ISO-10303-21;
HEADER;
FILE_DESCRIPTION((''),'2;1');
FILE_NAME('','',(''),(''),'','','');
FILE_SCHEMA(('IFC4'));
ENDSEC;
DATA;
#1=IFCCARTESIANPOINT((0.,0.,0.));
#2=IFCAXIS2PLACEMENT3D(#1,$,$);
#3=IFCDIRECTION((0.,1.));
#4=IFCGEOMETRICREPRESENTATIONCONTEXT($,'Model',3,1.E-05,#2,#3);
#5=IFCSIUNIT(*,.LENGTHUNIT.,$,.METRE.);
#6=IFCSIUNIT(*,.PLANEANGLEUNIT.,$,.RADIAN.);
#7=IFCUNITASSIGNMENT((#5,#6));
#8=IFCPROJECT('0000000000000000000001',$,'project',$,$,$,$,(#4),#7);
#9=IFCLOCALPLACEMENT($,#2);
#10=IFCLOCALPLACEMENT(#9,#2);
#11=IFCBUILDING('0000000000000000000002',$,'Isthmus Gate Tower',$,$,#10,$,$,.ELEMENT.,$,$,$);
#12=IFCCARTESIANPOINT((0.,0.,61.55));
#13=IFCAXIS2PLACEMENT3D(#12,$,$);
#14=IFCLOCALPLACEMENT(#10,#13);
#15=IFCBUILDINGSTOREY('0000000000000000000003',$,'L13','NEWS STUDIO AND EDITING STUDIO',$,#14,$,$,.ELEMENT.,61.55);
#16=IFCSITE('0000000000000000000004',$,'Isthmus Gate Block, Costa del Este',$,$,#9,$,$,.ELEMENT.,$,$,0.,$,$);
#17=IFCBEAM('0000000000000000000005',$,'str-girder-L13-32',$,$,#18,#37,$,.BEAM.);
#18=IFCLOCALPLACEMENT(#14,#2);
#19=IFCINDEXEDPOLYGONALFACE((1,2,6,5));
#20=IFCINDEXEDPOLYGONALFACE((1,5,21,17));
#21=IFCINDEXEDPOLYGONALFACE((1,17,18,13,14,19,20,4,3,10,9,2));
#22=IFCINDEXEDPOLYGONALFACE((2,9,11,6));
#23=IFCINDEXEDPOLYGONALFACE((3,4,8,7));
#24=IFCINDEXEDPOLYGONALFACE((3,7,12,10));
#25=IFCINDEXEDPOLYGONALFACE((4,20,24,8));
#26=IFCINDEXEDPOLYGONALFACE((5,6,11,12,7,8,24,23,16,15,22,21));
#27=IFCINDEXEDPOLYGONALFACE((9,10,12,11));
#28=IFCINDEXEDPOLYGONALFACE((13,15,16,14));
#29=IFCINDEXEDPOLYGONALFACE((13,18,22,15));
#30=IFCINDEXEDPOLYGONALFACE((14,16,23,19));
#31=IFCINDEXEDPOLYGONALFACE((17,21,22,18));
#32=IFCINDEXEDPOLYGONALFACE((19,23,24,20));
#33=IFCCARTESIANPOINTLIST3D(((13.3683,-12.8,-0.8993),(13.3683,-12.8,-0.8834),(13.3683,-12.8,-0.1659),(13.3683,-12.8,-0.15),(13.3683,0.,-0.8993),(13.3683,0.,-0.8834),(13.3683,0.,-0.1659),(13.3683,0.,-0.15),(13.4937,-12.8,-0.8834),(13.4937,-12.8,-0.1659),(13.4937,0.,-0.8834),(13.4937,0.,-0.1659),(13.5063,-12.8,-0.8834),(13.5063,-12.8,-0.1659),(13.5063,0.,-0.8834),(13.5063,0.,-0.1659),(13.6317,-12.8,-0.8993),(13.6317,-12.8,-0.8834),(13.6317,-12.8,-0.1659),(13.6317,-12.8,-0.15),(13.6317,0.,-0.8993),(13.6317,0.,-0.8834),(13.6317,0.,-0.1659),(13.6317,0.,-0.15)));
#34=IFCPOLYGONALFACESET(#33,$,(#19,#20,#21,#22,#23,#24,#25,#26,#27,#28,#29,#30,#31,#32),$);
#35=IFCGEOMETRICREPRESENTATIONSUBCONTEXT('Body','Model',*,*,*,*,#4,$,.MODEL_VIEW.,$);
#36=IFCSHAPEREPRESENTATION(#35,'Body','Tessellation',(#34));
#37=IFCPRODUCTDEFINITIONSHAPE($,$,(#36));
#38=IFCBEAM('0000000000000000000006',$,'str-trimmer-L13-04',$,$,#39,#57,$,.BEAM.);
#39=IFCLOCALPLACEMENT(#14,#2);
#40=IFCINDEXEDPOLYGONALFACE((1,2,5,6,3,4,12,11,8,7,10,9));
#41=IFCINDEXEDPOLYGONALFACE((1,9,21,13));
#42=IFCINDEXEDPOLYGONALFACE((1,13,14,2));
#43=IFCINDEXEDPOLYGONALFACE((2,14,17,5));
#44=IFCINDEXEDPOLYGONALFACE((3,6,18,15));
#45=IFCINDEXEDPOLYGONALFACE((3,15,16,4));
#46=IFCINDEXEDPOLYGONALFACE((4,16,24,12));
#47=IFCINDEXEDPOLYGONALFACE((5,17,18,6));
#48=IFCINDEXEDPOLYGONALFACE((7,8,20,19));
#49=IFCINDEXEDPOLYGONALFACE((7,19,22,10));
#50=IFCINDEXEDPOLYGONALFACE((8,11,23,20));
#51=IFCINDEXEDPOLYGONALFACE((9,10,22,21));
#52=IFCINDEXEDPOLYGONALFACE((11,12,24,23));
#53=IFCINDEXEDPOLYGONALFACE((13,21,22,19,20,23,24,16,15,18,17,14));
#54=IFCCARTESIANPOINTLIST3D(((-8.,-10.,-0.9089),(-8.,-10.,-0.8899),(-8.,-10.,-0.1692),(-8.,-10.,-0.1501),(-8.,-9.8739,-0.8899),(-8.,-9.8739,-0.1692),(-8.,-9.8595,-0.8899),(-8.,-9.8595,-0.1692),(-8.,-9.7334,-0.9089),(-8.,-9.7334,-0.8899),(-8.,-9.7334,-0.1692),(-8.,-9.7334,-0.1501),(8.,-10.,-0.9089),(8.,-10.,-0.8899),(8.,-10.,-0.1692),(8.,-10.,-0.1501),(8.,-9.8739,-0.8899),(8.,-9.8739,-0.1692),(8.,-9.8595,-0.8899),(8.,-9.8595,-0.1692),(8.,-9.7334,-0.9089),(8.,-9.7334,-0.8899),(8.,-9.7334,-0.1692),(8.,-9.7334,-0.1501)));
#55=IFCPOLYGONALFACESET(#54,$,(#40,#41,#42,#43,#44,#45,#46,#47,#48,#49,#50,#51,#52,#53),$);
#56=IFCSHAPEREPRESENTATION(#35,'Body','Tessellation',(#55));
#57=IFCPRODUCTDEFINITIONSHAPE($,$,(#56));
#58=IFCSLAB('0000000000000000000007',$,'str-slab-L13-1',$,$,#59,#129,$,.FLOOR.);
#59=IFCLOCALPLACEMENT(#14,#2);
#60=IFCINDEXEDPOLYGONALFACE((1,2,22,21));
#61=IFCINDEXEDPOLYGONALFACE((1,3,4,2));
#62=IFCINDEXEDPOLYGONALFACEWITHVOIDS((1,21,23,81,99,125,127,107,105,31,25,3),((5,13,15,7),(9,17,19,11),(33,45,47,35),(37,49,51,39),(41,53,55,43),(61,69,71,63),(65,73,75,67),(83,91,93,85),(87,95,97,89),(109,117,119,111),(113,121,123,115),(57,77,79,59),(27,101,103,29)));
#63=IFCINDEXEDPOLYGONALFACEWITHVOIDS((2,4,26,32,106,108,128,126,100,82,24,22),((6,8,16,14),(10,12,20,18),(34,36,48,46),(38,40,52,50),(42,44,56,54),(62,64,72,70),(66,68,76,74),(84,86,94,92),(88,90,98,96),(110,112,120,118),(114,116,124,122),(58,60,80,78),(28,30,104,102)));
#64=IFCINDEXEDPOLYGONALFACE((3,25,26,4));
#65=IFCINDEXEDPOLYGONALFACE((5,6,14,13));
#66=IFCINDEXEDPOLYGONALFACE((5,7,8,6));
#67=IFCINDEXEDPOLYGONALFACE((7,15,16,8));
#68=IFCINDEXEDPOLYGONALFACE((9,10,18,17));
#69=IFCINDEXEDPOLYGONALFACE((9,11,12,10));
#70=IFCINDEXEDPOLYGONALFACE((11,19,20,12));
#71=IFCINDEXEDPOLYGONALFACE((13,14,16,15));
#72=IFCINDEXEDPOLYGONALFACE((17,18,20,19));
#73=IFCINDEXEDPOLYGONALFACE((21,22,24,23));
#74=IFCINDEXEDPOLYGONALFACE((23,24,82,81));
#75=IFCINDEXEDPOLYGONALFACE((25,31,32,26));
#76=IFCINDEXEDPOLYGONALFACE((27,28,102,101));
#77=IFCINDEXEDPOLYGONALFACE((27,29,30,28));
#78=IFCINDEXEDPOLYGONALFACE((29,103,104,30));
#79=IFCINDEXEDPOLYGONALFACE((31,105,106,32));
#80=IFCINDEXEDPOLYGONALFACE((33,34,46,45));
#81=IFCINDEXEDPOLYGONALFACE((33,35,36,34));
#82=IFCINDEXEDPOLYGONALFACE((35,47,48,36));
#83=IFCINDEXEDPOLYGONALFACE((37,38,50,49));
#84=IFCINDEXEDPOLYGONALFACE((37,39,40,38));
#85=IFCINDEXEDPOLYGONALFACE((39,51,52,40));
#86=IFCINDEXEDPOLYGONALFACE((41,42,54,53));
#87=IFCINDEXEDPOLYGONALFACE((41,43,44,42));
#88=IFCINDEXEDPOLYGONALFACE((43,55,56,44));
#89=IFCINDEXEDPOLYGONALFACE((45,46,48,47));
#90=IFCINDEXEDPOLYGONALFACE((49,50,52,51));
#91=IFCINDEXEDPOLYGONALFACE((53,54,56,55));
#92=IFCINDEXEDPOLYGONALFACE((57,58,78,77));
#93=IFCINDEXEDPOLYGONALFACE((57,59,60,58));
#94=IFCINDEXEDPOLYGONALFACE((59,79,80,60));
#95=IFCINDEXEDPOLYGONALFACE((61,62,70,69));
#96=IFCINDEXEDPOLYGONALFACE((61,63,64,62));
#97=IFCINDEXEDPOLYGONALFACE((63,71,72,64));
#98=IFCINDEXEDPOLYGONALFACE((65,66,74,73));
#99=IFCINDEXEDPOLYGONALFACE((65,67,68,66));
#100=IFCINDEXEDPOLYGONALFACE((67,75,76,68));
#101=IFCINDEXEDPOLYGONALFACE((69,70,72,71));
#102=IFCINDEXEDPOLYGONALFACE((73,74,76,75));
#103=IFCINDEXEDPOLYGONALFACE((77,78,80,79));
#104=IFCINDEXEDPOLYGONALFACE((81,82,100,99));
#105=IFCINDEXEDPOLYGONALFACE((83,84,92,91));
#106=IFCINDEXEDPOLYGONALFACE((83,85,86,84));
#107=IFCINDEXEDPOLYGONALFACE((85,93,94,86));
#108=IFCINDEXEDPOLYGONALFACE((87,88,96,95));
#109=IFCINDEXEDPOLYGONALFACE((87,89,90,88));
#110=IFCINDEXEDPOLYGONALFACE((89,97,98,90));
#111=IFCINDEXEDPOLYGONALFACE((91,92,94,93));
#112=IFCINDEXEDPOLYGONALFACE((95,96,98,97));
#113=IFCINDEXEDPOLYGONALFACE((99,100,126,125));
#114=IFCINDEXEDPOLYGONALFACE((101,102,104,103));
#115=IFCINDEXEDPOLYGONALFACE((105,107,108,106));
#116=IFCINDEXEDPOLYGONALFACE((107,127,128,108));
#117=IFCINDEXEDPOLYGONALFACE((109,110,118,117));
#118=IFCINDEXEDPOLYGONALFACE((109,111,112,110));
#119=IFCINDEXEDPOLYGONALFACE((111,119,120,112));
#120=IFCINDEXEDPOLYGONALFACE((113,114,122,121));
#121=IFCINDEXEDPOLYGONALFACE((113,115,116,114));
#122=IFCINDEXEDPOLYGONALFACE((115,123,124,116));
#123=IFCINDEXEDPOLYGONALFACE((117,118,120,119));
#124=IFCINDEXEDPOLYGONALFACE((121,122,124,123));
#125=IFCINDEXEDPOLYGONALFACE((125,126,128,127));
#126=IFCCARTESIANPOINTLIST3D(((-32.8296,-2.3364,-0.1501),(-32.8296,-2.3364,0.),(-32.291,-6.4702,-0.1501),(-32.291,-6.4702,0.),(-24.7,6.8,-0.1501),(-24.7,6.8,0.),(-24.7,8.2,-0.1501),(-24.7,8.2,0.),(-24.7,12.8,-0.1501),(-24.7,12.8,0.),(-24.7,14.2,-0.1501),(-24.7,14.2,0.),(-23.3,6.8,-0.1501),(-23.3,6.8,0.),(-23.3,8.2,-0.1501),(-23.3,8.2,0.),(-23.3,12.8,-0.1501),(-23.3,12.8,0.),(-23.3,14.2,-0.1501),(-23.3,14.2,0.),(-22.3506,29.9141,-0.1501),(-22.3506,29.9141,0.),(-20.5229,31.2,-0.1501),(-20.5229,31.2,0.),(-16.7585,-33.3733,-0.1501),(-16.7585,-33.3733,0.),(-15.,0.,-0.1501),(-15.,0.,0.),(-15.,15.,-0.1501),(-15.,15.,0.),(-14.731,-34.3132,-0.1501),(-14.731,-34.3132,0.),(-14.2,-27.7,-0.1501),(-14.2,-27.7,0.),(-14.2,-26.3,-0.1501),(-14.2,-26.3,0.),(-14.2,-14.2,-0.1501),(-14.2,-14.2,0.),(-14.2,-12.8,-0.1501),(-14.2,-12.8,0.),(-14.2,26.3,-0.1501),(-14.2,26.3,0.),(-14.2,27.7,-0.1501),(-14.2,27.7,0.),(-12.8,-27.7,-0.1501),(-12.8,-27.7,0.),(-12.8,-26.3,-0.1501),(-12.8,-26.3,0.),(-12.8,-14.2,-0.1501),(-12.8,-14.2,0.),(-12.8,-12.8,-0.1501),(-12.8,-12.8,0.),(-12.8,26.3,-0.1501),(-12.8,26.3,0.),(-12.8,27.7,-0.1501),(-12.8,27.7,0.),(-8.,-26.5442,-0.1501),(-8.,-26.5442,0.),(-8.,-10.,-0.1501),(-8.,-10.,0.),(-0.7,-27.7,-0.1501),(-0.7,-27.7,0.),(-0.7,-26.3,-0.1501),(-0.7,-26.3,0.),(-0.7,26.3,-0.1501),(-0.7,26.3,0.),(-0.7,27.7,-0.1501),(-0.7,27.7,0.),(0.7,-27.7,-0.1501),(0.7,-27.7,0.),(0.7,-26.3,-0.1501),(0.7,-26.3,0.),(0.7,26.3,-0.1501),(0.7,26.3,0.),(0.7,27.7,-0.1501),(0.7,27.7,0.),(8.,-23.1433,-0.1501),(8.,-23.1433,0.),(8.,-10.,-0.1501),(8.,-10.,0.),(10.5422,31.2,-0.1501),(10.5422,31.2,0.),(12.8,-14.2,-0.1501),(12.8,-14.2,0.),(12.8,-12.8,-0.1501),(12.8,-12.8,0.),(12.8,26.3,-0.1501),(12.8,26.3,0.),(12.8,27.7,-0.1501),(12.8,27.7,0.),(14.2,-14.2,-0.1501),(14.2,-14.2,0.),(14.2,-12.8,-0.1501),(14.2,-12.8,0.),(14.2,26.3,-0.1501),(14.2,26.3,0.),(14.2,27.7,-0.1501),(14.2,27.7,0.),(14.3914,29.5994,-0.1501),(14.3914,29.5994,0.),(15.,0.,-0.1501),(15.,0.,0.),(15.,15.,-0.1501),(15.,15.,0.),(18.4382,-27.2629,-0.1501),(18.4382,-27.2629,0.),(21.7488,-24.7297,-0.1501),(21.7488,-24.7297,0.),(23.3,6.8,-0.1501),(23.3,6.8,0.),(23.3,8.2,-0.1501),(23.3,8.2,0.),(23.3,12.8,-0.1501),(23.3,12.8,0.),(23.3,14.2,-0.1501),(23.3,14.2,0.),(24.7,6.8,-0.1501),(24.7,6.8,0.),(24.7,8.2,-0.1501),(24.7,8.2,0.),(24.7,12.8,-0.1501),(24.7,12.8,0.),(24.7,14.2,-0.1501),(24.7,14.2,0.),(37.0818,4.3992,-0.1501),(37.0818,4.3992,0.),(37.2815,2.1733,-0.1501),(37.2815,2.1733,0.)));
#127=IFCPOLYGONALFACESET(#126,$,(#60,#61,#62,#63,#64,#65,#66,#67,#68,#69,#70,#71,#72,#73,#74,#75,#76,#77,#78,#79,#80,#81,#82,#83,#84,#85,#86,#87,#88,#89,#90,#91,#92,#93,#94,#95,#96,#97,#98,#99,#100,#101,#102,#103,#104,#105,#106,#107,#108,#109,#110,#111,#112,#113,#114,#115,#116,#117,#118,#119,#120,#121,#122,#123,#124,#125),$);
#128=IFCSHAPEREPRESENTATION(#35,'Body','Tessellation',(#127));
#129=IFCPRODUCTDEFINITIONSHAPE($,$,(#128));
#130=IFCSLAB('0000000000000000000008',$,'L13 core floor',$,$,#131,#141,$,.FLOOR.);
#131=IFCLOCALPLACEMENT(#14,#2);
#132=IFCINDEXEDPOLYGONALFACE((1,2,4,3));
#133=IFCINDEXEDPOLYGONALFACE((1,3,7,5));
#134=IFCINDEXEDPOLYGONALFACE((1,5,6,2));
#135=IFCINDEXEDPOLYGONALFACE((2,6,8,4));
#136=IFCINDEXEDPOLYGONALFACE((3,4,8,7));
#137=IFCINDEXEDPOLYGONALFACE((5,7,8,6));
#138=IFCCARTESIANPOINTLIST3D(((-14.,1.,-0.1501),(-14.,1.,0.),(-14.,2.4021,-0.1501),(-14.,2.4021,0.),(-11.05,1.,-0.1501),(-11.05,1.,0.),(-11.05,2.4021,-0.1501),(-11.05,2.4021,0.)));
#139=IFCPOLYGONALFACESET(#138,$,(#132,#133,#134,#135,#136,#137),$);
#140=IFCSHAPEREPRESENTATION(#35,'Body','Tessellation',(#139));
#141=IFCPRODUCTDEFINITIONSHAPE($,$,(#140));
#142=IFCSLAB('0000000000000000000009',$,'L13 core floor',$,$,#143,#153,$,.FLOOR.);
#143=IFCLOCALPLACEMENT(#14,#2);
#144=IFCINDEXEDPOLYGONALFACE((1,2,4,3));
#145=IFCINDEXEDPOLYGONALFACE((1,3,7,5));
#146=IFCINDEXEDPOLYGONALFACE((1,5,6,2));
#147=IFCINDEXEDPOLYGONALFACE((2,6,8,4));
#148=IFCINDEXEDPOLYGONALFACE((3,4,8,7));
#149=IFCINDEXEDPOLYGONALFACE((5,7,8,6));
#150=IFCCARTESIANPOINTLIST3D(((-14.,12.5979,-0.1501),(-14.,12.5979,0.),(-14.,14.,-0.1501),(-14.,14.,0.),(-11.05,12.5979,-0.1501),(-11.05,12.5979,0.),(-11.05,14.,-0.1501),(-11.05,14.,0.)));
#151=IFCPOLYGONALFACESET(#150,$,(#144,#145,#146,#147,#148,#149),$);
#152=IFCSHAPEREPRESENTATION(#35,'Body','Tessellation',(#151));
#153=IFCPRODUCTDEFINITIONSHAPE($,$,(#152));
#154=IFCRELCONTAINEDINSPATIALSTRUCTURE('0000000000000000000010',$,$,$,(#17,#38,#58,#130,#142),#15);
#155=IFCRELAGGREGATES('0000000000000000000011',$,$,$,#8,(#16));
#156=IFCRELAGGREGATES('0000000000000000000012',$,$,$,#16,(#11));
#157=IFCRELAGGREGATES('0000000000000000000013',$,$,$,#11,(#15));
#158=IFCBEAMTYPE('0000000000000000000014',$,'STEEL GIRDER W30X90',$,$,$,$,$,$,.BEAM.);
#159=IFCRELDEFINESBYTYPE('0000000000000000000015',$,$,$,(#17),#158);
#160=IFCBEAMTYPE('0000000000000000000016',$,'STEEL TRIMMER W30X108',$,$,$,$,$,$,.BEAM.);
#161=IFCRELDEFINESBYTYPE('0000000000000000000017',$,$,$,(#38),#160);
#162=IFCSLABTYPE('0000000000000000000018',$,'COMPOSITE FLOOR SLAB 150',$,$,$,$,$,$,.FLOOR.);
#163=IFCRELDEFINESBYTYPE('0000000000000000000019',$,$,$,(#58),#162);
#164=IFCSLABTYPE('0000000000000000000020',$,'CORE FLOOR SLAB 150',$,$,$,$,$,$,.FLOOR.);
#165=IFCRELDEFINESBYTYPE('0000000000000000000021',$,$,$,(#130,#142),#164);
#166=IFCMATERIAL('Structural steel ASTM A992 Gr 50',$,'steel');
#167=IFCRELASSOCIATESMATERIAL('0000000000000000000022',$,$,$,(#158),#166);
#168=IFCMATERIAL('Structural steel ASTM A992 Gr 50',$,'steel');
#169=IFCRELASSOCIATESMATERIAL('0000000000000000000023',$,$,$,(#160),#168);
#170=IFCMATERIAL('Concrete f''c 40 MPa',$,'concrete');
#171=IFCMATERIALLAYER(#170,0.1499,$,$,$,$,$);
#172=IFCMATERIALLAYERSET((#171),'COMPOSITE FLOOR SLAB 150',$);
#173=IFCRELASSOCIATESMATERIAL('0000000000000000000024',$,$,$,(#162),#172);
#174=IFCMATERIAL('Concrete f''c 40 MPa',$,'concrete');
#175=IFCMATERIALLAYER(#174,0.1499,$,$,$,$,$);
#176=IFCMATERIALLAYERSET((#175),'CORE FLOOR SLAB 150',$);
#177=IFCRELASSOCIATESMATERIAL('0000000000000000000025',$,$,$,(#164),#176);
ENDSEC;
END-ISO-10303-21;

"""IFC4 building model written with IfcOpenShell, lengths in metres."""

from ifc_helpers import new_model, si_unit, direction, frame, origin, origin_2d, place, context, subcontext, project, spatial, polyline, i_section, outline, extrude, material, layer, layer_set, material_profile, profile_set, type_object, element, save


model = new_model("IFC4")

# Units and contexts
model_context = context("Model", 3, precision=1e-05, world=origin(), true_north=direction((0.0, 1.0)))
body_context = subcontext(model_context, "Body", "Model", "MODEL_VIEW")
ifc_project = project(units=[si_unit("LENGTHUNIT", "METRE"), si_unit("PLANEANGLEUNIT", "RADIAN")], contexts=[model_context])

# Site, building, storey
site_placement = place(None, origin())
site = spatial("IfcSite", under=ifc_project, at=site_placement, Name="Isthmus Gate Block, Costa del Este", CompositionType="ELEMENT", RefElevation=0.0)
building_placement = place(site_placement, origin())
building = spatial("IfcBuilding", under=site, at=building_placement, Name="Isthmus Gate Tower", CompositionType="ELEMENT")
storey_placement = place(building_placement, frame((0.0, 0.0, 61.55)))
storey = spatial("IfcBuildingStorey", under=building, at=storey_placement, Name="L13", Description="NEWS STUDIO AND EDITING STUDIO", CompositionType="ELEMENT", Elevation=61.55)

# Beams
ifc_material_1 = material(Name="Structural steel ASTM A992 Gr 50", Category="steel")
ifc_material_profile_1 = material_profile(ifc_material_1, i_section(OverallWidth=0.2634, OverallDepth=0.7493, WebThickness=0.0127, FlangeThickness=0.0159, at=origin_2d()), Name="W30X90")
ifc_profile_set_1 = profile_set([ifc_material_profile_1], Name="Structural steel ASTM A992 Gr 50")
beam_type_1 = type_object("IfcBeamType", Name="STEEL GIRDER W30X90", PredefinedType="BEAM", material=ifc_profile_set_1)
beam_1_placement = place(storey_placement, frame((13.5, -12.8, -0.5247), z_axis=(0.0, 1.0, 0.0), x_axis=(-1.0, 0.0, 0.0)))
element("IfcBeam", 1, at=beam_1_placement, inside=storey, type_object=beam_type_1, Name="str-girder-L13-32", PredefinedType="BEAM", context=body_context, shape_type="SweptSolid", body=[
    extrude(i_section(OverallWidth=0.2634, OverallDepth=0.7493, WebThickness=0.0127, FlangeThickness=0.0159, at=origin_2d()), origin(), (0.0, 0.0, 1.0), 12.8),
])
ifc_material_2 = material(Name="Structural steel ASTM A992 Gr 50", Category="steel")
ifc_material_profile_2 = material_profile(ifc_material_2, i_section(OverallWidth=0.2666, OverallDepth=0.7588, WebThickness=0.0144, FlangeThickness=0.019, at=origin_2d()), Name="W30X108")
ifc_profile_set_2 = profile_set([ifc_material_profile_2], Name="Structural steel ASTM A992 Gr 50")
beam_type_2 = type_object("IfcBeamType", Name="STEEL TRIMMER W30X108", PredefinedType="BEAM", material=ifc_profile_set_2)
beam_2_placement = place(storey_placement, frame((8.0, -9.8667, -0.5295), z_axis=(-1.0, 0.0, 0.0), x_axis=(0.0, -1.0, 0.0)))
element("IfcBeam", 2, at=beam_2_placement, inside=storey, type_object=beam_type_2, Name="str-trimmer-L13-04", PredefinedType="BEAM", context=body_context, shape_type="SweptSolid", body=[
    extrude(i_section(OverallWidth=0.2666, OverallDepth=0.7588, WebThickness=0.0144, FlangeThickness=0.019, at=origin_2d()), origin(), (0.0, 0.0, 1.0), 16.0),
])

# Slabs
ifc_material_3 = material(Name="Concrete f'c 40 MPa", Category="concrete")
ifc_layer_1 = layer(ifc_material_3, 0.1499)
ifc_layer_set_1 = layer_set([ifc_layer_1], Name="COMPOSITE FLOOR SLAB 150")
slab_type_1 = type_object("IfcSlabType", Name="COMPOSITE FLOOR SLAB 150", PredefinedType="FLOOR", material=ifc_layer_set_1)
slab_1_placement = place(storey_placement, frame((0.0, 0.0, -0.1501)))
element("IfcSlab", 3, at=slab_1_placement, inside=storey, type_object=slab_type_1, Name="str-slab-L13-1", PredefinedType="FLOOR", context=body_context, shape_type="SweptSolid", body=[
    extrude(outline(polyline([(14.3914, 29.5994), (37.0818, 4.3992), (37.2815, 2.1733), (21.7488, -24.7297), (18.4382, -27.2629), (-14.731, -34.3132), (-16.7585, -33.3733), (-32.291, -6.4702), (-32.8296, -2.3364), (-22.3506, 29.9141), (-20.5229, 31.2), (10.5422, 31.2), (14.3914, 29.5994)]), holes=[polyline([(-14.2, -27.7), (-12.8, -27.7), (-12.8, -26.3), (-14.2, -26.3), (-14.2, -27.7)]), polyline([(-0.7, -26.3), (-0.7, -27.7), (0.7, -27.7), (0.7, -26.3), (-0.7, -26.3)]), polyline([(-14.2, -12.8), (-14.2, -14.2), (-12.8, -14.2), (-12.8, -12.8), (-14.2, -12.8)]), polyline([(-24.7, 8.2), (-24.7, 6.8), (-23.3, 6.8), (-23.3, 8.2), (-24.7, 8.2)]), polyline([(-23.3, 14.2), (-24.7, 14.2), (-24.7, 12.8), (-23.3, 12.8), (-23.3, 14.2)]), polyline([(-14.2, 27.7), (-14.2, 26.3), (-12.8, 26.3), (-12.8, 27.7), (-14.2, 27.7)]), polyline([(-0.7, 27.7), (-0.7, 26.3), (0.7, 26.3), (0.7, 27.7), (-0.7, 27.7)]), polyline([(8.0, -23.1433), (8.0, -10.0), (-8.0, -10.0), (-8.0, -26.5442), (8.0, -23.1433)]), polyline([(14.2, -12.8), (12.8, -12.8), (12.8, -14.2), (14.2, -14.2), (14.2, -12.8)]), polyline([(15.0, 15.0), (-15.0, 15.0), (-15.0, 0.0), (15.0, 0.0), (15.0, 15.0)]), polyline([(24.7, 8.2), (23.3, 8.2), (23.3, 6.8), (24.7, 6.8), (24.7, 8.2)]), polyline([(23.3, 14.2), (23.3, 12.8), (24.7, 12.8), (24.7, 14.2), (23.3, 14.2)]), polyline([(14.2, 27.7), (12.8, 27.7), (12.8, 26.3), (14.2, 26.3), (14.2, 27.7)])]), origin(), (0.0, 0.0, 1.0), 0.1501),
])
ifc_material_4 = material(Name="Concrete f'c 40 MPa", Category="concrete")
ifc_layer_2 = layer(ifc_material_4, 0.1499)
ifc_layer_set_2 = layer_set([ifc_layer_2], Name="CORE FLOOR SLAB 150")
slab_type_2 = type_object("IfcSlabType", Name="CORE FLOOR SLAB 150", PredefinedType="FLOOR", material=ifc_layer_set_2)
slab_2_placement = place(storey_placement, frame((0.0, 0.0, -0.1501)))
element("IfcSlab", 4, at=slab_2_placement, inside=storey, type_object=slab_type_2, Name="L13 core floor", PredefinedType="FLOOR", context=body_context, shape_type="SweptSolid", body=[
    extrude(outline(polyline([(-11.05, 1.0), (-11.05, 2.4021), (-14.0, 2.4021), (-14.0, 1.0), (-11.05, 1.0)])), origin(), (0.0, 0.0, 1.0), 0.1501),
])
slab_3_placement = place(storey_placement, frame((0.0, 0.0, -0.1501)))
element("IfcSlab", 5, at=slab_3_placement, inside=storey, type_object=slab_type_2, Name="L13 core floor", PredefinedType="FLOOR", context=body_context, shape_type="SweptSolid", body=[
    extrude(outline(polyline([(-14.0, 14.0), (-14.0, 12.5979), (-11.05, 12.5979), (-11.05, 14.0), (-14.0, 14.0)])), origin(), (0.0, 0.0, 1.0), 0.1501),
])

save(model, "model.ifc")
